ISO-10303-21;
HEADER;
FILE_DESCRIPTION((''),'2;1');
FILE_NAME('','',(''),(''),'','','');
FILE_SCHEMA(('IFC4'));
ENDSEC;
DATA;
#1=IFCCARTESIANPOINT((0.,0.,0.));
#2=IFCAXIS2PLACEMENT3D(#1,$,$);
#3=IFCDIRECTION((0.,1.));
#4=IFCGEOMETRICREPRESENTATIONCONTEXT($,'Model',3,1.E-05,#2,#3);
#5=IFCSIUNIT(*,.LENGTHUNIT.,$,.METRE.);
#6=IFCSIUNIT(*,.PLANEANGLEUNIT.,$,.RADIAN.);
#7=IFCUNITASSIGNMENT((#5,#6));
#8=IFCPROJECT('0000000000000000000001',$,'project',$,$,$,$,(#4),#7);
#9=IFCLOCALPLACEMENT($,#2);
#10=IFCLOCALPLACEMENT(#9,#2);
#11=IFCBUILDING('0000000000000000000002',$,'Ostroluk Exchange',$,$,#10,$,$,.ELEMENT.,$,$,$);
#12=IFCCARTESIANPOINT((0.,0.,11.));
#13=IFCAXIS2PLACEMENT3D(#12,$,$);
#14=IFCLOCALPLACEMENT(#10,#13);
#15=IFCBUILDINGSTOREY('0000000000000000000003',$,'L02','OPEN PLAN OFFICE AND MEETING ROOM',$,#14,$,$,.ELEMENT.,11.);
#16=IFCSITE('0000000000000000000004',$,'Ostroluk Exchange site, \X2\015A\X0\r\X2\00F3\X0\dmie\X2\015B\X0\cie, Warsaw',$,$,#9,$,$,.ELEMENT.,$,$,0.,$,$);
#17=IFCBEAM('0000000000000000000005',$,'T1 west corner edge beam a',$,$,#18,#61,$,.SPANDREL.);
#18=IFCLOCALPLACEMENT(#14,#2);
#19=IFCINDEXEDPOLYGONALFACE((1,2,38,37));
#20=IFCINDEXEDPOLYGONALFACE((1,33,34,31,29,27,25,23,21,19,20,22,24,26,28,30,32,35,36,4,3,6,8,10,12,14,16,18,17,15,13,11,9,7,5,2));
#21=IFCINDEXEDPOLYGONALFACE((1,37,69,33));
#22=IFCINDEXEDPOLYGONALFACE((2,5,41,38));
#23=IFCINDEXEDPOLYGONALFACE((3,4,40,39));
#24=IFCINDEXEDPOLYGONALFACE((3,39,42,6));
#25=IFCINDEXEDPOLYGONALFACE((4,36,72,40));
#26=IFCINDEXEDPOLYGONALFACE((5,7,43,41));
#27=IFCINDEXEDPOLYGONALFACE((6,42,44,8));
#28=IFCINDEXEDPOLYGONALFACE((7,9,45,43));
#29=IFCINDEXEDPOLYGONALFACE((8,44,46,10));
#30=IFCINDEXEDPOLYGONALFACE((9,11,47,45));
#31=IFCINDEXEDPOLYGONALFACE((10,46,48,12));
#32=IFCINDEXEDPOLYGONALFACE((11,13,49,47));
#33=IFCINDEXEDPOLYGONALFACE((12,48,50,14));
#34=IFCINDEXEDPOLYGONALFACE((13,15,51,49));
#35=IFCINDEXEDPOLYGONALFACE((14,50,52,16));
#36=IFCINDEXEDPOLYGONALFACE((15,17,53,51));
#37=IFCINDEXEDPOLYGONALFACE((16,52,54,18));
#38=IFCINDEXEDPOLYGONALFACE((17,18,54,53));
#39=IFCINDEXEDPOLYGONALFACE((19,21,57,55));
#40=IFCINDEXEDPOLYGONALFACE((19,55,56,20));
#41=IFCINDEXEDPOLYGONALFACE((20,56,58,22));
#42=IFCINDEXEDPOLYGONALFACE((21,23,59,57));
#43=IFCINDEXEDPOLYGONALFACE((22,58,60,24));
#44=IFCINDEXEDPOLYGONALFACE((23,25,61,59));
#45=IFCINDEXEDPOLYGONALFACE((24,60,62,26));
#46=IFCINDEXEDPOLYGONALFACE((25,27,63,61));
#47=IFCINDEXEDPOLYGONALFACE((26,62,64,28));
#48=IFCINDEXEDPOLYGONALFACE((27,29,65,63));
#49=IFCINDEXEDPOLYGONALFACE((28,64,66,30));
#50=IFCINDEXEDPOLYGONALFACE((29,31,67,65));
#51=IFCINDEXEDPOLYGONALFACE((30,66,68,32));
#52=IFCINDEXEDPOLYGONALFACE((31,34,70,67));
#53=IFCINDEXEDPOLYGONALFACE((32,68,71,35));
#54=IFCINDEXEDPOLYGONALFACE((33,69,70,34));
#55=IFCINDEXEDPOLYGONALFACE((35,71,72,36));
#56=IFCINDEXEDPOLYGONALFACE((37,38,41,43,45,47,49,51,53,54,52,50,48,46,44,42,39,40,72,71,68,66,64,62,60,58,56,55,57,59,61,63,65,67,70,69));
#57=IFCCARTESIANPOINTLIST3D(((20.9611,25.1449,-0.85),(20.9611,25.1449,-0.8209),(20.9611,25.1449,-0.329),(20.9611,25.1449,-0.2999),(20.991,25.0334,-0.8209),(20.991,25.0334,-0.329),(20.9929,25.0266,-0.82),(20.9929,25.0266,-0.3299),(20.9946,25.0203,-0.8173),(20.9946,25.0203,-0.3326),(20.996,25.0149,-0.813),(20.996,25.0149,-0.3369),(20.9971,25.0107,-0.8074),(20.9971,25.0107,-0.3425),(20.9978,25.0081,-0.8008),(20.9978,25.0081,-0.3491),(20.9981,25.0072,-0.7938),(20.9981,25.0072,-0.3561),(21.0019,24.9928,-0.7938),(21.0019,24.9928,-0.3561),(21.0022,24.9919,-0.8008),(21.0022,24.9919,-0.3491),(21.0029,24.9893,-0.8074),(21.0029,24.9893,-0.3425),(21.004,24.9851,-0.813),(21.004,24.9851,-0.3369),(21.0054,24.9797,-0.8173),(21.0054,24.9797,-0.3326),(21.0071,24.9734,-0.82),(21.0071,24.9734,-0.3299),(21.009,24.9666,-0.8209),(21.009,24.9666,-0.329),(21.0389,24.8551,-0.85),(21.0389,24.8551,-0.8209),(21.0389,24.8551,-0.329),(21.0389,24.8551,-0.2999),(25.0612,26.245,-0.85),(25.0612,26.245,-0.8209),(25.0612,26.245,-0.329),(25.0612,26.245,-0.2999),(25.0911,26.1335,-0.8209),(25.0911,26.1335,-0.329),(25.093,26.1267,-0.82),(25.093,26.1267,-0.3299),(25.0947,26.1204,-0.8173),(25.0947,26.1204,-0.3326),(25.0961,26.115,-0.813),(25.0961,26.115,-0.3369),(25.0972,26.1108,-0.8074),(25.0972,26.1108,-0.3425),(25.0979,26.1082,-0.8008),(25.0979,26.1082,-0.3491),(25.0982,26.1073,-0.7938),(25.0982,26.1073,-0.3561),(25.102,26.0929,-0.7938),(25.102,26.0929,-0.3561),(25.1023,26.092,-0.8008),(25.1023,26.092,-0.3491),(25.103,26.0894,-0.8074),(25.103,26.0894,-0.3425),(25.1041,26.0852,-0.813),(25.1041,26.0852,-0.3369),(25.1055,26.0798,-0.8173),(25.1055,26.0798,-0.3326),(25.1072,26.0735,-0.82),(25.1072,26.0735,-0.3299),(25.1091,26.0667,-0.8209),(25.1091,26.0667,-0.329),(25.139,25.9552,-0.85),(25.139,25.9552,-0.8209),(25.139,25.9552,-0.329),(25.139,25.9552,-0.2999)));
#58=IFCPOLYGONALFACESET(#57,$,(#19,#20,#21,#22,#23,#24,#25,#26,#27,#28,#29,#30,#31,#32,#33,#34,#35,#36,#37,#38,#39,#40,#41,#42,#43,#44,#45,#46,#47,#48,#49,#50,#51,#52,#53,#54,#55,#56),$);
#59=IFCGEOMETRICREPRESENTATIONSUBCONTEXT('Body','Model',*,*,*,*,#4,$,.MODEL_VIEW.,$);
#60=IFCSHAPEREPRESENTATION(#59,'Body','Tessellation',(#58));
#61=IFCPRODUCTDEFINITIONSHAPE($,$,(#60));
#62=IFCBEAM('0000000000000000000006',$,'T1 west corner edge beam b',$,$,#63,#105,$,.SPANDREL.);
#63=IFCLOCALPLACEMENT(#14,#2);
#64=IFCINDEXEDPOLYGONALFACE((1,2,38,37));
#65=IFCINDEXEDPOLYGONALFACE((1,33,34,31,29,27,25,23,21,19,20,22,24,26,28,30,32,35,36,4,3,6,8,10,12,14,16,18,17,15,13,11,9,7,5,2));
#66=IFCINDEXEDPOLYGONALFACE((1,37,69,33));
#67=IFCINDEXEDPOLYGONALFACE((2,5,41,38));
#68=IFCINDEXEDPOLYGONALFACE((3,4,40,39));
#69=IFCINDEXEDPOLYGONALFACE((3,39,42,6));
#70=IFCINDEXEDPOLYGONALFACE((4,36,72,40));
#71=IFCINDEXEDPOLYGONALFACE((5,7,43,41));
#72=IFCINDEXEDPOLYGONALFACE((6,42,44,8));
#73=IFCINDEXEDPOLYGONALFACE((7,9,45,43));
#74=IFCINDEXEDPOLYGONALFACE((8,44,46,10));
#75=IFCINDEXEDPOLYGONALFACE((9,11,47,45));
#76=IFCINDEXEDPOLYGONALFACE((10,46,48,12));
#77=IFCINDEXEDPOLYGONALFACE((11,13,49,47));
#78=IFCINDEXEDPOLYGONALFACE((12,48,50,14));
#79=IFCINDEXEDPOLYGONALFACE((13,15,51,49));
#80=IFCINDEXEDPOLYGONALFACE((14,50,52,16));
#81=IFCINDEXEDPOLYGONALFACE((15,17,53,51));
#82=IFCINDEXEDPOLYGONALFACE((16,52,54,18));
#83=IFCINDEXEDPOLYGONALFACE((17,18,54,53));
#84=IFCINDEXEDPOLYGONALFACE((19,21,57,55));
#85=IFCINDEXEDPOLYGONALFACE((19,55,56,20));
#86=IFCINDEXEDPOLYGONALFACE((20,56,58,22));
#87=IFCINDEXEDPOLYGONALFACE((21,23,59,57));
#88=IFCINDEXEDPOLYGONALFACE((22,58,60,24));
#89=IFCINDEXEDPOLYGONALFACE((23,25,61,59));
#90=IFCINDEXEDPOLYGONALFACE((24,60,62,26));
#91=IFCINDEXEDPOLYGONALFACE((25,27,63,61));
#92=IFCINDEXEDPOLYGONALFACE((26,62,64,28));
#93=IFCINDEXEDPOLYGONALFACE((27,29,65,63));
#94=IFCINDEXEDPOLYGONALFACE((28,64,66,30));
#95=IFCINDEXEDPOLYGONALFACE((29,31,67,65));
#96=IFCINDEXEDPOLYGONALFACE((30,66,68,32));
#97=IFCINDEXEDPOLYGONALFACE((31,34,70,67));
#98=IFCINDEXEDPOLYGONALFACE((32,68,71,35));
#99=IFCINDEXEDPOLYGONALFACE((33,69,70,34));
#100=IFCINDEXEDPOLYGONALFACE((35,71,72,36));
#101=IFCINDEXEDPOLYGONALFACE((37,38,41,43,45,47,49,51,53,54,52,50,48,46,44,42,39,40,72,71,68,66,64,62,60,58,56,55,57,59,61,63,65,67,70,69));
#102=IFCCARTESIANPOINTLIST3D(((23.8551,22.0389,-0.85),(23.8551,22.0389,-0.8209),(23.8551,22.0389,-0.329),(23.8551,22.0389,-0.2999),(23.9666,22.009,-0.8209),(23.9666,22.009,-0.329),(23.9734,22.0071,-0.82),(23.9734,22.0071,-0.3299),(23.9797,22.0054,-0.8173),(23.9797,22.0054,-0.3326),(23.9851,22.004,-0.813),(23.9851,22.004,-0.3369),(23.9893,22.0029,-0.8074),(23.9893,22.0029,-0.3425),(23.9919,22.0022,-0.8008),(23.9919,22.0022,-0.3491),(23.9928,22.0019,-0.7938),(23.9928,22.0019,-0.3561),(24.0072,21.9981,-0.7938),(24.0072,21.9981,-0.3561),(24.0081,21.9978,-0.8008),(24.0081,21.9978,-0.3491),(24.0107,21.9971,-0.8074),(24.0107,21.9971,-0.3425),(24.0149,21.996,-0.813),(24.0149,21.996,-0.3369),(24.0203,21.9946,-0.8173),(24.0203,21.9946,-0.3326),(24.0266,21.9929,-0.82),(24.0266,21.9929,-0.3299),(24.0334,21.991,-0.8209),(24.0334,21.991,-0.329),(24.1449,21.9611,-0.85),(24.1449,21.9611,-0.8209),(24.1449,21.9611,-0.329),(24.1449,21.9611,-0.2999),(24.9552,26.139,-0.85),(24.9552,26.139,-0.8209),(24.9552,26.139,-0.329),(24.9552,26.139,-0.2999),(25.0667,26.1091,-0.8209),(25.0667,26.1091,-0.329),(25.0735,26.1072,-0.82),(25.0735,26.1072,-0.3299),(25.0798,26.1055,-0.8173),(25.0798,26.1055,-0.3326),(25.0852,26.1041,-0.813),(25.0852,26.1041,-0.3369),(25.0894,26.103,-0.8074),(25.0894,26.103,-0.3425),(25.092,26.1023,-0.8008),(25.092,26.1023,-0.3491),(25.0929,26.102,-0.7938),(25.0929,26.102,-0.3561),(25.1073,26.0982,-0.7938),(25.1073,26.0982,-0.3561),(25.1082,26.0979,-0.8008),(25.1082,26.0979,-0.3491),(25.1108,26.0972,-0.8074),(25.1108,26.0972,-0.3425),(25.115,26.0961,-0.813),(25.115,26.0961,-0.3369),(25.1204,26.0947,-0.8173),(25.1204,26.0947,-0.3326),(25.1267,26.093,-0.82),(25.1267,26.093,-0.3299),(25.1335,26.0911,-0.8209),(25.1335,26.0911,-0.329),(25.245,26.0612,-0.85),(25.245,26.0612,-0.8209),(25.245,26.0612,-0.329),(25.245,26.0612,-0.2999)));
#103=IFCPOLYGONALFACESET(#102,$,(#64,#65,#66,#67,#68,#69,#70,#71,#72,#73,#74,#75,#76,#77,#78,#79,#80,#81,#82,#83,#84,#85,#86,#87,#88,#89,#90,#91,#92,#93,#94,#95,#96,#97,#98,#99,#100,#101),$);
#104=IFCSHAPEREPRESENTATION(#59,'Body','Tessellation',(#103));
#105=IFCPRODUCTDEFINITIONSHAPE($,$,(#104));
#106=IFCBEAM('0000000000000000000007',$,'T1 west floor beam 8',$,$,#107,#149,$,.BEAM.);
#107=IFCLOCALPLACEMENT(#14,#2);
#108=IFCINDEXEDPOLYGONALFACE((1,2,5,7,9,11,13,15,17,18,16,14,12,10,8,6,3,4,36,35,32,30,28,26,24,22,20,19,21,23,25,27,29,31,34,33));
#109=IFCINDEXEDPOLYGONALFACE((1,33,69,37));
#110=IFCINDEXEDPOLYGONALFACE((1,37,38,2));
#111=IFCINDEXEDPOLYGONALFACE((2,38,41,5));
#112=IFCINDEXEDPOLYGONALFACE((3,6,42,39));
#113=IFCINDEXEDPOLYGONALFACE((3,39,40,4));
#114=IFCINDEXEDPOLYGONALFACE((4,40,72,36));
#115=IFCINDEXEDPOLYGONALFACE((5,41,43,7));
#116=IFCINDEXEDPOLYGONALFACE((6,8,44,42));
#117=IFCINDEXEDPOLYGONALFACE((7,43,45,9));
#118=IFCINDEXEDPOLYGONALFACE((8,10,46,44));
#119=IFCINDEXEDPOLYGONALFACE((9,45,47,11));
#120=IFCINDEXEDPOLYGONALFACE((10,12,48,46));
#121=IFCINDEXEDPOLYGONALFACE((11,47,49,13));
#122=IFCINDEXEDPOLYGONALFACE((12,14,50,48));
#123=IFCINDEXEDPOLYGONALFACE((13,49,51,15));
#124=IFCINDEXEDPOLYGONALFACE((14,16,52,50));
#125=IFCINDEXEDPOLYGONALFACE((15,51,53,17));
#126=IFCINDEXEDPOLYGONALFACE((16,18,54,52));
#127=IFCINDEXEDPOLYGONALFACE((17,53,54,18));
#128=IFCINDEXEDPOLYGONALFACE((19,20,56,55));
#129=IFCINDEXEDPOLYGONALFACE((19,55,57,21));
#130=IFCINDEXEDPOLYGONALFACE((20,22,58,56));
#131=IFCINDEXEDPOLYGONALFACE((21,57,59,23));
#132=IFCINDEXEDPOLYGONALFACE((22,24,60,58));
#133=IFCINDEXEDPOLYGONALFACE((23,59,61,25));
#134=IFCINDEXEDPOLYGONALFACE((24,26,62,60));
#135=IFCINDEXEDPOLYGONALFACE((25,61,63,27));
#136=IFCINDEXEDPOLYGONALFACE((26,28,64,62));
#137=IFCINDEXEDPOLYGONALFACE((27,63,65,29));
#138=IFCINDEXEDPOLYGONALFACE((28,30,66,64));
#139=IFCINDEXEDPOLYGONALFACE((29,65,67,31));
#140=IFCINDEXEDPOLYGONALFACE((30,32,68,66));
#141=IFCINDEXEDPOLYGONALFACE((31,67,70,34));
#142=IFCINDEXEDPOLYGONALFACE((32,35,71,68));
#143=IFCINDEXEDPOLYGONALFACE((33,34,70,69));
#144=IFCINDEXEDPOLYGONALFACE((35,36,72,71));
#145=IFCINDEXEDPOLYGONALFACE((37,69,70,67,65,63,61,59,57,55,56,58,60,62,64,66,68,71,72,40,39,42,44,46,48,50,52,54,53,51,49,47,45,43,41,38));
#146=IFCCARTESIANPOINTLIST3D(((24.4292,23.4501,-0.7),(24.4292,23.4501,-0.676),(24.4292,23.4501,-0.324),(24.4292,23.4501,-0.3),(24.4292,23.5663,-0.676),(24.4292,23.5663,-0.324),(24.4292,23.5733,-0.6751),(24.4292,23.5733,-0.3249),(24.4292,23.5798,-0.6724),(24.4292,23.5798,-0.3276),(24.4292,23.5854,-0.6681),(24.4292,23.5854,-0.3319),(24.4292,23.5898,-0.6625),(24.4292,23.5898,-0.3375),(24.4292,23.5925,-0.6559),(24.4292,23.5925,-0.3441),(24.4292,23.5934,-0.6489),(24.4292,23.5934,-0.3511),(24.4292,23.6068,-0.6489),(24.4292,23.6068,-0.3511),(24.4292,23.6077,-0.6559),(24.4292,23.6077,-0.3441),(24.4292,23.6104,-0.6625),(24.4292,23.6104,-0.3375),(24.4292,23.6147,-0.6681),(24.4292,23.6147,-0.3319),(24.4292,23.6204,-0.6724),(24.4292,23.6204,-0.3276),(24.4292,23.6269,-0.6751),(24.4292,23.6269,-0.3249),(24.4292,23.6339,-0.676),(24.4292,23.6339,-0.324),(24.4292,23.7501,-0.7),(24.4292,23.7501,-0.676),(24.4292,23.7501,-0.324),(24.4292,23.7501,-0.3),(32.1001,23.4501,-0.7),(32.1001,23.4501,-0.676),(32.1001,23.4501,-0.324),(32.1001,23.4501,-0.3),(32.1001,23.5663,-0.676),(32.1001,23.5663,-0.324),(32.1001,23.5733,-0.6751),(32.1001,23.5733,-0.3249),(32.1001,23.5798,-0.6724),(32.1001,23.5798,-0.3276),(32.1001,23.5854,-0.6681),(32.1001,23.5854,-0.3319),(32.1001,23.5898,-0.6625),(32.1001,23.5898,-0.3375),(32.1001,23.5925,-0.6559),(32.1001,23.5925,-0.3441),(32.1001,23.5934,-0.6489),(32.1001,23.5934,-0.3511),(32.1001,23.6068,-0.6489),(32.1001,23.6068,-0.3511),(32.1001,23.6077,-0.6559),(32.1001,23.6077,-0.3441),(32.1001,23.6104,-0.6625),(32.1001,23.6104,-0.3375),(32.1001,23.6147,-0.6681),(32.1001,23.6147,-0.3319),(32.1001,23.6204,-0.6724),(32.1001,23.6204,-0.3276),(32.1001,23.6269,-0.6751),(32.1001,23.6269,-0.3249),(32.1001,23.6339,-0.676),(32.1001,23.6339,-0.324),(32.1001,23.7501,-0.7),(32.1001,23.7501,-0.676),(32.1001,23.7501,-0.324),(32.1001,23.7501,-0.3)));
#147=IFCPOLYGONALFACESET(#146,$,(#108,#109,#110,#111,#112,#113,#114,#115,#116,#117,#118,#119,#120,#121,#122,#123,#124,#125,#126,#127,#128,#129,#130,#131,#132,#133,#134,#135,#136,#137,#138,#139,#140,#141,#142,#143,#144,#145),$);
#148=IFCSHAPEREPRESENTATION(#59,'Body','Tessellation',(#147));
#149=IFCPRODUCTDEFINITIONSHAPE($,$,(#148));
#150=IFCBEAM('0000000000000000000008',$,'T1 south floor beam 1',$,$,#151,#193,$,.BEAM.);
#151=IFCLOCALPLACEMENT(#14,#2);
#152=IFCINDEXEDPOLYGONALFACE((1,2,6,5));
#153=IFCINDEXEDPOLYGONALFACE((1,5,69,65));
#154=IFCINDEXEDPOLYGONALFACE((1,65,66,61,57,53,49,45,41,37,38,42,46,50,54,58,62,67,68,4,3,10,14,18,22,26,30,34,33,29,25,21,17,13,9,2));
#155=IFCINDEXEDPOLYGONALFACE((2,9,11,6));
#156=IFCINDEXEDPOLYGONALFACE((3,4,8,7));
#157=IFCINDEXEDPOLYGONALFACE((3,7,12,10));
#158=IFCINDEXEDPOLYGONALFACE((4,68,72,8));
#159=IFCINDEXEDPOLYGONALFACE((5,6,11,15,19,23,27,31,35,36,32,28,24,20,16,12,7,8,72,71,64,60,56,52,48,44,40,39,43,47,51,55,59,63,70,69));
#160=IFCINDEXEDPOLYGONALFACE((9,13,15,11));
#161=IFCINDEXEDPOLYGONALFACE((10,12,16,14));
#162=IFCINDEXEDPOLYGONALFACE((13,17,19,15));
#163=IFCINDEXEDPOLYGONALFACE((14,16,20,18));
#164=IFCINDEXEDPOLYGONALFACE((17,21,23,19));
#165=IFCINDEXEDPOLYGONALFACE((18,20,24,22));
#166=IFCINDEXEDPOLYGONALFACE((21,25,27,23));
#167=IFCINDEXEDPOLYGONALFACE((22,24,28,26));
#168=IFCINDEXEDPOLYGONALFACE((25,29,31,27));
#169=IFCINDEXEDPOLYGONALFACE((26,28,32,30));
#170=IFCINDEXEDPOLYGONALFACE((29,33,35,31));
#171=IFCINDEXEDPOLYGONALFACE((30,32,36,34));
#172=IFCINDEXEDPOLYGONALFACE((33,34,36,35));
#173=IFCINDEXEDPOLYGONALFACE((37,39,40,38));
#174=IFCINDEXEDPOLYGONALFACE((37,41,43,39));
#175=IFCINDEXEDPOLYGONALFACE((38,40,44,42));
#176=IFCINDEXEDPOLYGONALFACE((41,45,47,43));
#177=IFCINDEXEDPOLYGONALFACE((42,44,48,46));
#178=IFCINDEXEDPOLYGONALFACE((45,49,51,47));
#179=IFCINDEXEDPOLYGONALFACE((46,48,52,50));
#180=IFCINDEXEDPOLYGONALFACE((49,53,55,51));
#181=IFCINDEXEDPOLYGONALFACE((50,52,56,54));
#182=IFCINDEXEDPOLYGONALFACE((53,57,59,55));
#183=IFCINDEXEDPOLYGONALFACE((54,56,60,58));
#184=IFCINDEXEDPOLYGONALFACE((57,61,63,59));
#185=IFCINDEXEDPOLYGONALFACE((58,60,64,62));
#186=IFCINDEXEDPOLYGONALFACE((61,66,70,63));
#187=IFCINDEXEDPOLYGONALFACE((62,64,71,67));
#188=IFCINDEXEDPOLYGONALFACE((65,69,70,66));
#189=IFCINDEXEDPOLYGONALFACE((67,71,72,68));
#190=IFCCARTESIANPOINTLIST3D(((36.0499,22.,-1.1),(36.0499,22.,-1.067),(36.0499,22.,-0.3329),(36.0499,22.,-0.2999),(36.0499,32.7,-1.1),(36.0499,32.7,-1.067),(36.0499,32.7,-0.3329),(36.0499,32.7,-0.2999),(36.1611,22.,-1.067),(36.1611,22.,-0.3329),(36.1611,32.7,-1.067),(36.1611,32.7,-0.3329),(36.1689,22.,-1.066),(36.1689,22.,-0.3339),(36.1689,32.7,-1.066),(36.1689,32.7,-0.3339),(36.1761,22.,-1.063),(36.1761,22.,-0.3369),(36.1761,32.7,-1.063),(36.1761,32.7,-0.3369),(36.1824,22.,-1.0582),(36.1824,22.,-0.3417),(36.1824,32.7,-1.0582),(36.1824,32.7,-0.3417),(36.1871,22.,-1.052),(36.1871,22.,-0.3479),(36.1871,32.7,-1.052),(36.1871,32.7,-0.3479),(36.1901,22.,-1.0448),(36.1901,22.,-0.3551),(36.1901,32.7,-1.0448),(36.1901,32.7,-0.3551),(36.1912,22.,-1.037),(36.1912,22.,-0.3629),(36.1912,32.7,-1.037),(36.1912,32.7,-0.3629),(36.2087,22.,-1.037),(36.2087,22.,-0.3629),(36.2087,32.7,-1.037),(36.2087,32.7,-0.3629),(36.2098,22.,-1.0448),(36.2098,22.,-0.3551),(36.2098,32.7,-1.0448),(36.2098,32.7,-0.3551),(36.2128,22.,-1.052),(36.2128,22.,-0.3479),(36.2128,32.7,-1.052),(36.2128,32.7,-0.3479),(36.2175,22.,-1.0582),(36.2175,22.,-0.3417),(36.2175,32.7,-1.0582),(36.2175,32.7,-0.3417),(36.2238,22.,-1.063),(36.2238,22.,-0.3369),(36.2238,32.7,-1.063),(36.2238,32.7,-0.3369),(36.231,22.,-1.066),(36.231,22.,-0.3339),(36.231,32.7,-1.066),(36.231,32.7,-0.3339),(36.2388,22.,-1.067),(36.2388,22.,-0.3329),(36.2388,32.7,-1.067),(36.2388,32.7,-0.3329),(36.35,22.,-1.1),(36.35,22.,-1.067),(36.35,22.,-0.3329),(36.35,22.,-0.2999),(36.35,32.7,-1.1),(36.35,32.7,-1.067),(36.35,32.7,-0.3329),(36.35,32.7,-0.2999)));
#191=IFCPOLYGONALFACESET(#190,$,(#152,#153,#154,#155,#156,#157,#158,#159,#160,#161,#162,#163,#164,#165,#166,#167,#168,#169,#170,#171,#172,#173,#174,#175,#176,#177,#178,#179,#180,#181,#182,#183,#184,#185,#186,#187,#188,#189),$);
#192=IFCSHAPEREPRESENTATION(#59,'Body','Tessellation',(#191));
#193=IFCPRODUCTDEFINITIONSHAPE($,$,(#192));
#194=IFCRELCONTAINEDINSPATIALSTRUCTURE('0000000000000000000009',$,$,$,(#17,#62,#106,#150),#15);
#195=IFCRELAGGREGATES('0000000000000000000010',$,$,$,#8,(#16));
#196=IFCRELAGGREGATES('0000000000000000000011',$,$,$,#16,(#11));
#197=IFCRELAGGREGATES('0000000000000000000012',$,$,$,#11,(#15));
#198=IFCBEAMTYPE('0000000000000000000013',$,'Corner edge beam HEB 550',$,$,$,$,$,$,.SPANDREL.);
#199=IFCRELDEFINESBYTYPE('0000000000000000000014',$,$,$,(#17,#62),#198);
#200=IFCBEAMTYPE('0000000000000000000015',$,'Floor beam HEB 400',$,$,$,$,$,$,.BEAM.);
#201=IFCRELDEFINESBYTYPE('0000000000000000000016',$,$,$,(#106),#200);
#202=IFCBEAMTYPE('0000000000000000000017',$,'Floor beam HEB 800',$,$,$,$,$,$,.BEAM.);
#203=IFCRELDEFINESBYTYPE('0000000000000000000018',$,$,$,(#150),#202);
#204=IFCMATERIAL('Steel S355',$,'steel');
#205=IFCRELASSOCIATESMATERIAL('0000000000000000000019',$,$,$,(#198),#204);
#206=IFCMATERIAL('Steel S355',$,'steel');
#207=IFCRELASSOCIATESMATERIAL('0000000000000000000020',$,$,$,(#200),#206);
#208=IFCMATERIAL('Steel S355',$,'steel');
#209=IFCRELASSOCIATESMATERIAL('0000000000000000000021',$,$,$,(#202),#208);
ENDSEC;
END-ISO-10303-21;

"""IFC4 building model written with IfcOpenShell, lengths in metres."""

from ifc_helpers import new_model, si_unit, direction, frame, origin, origin_2d, place, context, subcontext, project, spatial, i_section, extrude, material, material_profile, profile_set, type_object, element, save


model = new_model("IFC4")

# Units and contexts
model_context = context("Model", 3, precision=1e-05, world=origin(), true_north=direction((0.0, 1.0)))
body_context = subcontext(model_context, "Body", "Model", "MODEL_VIEW")
ifc_project = project(units=[si_unit("LENGTHUNIT", "METRE"), si_unit("PLANEANGLEUNIT", "RADIAN")], contexts=[model_context])

# Site, building, storey
site_placement = place(None, origin())
site = spatial("IfcSite", under=ifc_project, at=site_placement, Name="Ostroluk Exchange site, Śródmieście, Warsaw", CompositionType="ELEMENT", RefElevation=0.0)
building_placement = place(site_placement, origin())
building = spatial("IfcBuilding", under=site, at=building_placement, Name="Ostroluk Exchange", CompositionType="ELEMENT")
storey_placement = place(building_placement, frame((0.0, 0.0, 11.0)))
storey = spatial("IfcBuildingStorey", under=building, at=storey_placement, Name="L02", Description="OPEN PLAN OFFICE AND MEETING ROOM", CompositionType="ELEMENT", Elevation=11.0)

# Beams
ifc_material_1 = material(Name="Steel S355", Category="steel")
ifc_material_profile_1 = material_profile(ifc_material_1, i_section(OverallWidth=0.3, OverallDepth=0.55, WebThickness=0.0149, FlangeThickness=0.0291, FilletRadius=0.0271, at=origin_2d()), Name="HEB 550")
ifc_profile_set_1 = profile_set([ifc_material_profile_1], Name="Steel S355")
beam_type_1 = type_object("IfcBeamType", Name="Corner edge beam HEB 550", PredefinedType="SPANDREL", material=ifc_profile_set_1)
for number, where, z_axis, x_axis, name in (
    (1, (25.1001, 26.1001, -0.575), (-0.965839, -0.259144, 0.0), (0.259144, -0.965839, 0.0), "T1 west corner edge beam a"),
    (2, (25.1001, 26.1001, -0.575), (-0.259144, -0.965839, 0.0), (0.965839, -0.259144, 0.0), "T1 west corner edge beam b"),
):
    element("IfcBeam", number, at=place(storey_placement, frame(where, z_axis=z_axis, x_axis=x_axis)), inside=storey, type_object=beam_type_1, Name=name, PredefinedType="SPANDREL", context=body_context, shape_type="SweptSolid", body=[
        extrude(i_section(OverallWidth=0.3, OverallDepth=0.55, WebThickness=0.0149, FlangeThickness=0.0291, FilletRadius=0.0271, at=origin_2d()), origin(), (0.0, 0.0, 1.0), 4.2451),
    ])
ifc_material_2 = material(Name="Steel S355", Category="steel")
ifc_material_profile_2 = material_profile(ifc_material_2, i_section(OverallWidth=0.3, OverallDepth=0.3999, WebThickness=0.0134, FlangeThickness=0.0239, FilletRadius=0.0271, at=origin_2d()), Name="HEB 400")
ifc_profile_set_2 = profile_set([ifc_material_profile_2], Name="Steel S355")
beam_type_2 = type_object("IfcBeamType", Name="Floor beam HEB 400", PredefinedType="BEAM", material=ifc_profile_set_2)
beam_1_placement = place(storey_placement, frame((32.1001, 23.6001, -0.5), z_axis=(-1.0, 0.0, 0.0), x_axis=(0.0, -1.0, 0.0)))
element("IfcBeam", 3, at=beam_1_placement, inside=storey, type_object=beam_type_2, Name="T1 west floor beam 8", PredefinedType="BEAM", context=body_context, shape_type="SweptSolid", body=[
    extrude(i_section(OverallWidth=0.3, OverallDepth=0.3999, WebThickness=0.0134, FlangeThickness=0.0239, FilletRadius=0.0271, at=origin_2d()), origin(), (0.0, 0.0, 1.0), 7.6709),
])
ifc_material_3 = material(Name="Steel S355", Category="steel")
ifc_material_profile_3 = material_profile(ifc_material_3, i_section(OverallWidth=0.3, OverallDepth=0.8, WebThickness=0.0176, FlangeThickness=0.033, FilletRadius=0.03, at=origin_2d()), Name="HEB 800")
ifc_profile_set_3 = profile_set([ifc_material_profile_3], Name="Steel S355")
beam_type_3 = type_object("IfcBeamType", Name="Floor beam HEB 800", PredefinedType="BEAM", material=ifc_profile_set_3)
for number, where, z_axis, x_axis, name in (
    (4, (36.2, 32.7, -0.7), (0.0, -1.0, 0.0), (1.0, 0.0, 0.0), "T1 south floor beam 1"),
):
    element("IfcBeam", number, at=place(storey_placement, frame(where, z_axis=z_axis, x_axis=x_axis)), inside=storey, type_object=beam_type_3, Name=name, PredefinedType="BEAM", context=body_context, shape_type="SweptSolid", body=[
        extrude(i_section(OverallWidth=0.3, OverallDepth=0.8, WebThickness=0.0176, FlangeThickness=0.033, FilletRadius=0.03, at=origin_2d()), origin(), (0.0, 0.0, 1.0), 10.7),
    ])

save(model, "model.ifc")
